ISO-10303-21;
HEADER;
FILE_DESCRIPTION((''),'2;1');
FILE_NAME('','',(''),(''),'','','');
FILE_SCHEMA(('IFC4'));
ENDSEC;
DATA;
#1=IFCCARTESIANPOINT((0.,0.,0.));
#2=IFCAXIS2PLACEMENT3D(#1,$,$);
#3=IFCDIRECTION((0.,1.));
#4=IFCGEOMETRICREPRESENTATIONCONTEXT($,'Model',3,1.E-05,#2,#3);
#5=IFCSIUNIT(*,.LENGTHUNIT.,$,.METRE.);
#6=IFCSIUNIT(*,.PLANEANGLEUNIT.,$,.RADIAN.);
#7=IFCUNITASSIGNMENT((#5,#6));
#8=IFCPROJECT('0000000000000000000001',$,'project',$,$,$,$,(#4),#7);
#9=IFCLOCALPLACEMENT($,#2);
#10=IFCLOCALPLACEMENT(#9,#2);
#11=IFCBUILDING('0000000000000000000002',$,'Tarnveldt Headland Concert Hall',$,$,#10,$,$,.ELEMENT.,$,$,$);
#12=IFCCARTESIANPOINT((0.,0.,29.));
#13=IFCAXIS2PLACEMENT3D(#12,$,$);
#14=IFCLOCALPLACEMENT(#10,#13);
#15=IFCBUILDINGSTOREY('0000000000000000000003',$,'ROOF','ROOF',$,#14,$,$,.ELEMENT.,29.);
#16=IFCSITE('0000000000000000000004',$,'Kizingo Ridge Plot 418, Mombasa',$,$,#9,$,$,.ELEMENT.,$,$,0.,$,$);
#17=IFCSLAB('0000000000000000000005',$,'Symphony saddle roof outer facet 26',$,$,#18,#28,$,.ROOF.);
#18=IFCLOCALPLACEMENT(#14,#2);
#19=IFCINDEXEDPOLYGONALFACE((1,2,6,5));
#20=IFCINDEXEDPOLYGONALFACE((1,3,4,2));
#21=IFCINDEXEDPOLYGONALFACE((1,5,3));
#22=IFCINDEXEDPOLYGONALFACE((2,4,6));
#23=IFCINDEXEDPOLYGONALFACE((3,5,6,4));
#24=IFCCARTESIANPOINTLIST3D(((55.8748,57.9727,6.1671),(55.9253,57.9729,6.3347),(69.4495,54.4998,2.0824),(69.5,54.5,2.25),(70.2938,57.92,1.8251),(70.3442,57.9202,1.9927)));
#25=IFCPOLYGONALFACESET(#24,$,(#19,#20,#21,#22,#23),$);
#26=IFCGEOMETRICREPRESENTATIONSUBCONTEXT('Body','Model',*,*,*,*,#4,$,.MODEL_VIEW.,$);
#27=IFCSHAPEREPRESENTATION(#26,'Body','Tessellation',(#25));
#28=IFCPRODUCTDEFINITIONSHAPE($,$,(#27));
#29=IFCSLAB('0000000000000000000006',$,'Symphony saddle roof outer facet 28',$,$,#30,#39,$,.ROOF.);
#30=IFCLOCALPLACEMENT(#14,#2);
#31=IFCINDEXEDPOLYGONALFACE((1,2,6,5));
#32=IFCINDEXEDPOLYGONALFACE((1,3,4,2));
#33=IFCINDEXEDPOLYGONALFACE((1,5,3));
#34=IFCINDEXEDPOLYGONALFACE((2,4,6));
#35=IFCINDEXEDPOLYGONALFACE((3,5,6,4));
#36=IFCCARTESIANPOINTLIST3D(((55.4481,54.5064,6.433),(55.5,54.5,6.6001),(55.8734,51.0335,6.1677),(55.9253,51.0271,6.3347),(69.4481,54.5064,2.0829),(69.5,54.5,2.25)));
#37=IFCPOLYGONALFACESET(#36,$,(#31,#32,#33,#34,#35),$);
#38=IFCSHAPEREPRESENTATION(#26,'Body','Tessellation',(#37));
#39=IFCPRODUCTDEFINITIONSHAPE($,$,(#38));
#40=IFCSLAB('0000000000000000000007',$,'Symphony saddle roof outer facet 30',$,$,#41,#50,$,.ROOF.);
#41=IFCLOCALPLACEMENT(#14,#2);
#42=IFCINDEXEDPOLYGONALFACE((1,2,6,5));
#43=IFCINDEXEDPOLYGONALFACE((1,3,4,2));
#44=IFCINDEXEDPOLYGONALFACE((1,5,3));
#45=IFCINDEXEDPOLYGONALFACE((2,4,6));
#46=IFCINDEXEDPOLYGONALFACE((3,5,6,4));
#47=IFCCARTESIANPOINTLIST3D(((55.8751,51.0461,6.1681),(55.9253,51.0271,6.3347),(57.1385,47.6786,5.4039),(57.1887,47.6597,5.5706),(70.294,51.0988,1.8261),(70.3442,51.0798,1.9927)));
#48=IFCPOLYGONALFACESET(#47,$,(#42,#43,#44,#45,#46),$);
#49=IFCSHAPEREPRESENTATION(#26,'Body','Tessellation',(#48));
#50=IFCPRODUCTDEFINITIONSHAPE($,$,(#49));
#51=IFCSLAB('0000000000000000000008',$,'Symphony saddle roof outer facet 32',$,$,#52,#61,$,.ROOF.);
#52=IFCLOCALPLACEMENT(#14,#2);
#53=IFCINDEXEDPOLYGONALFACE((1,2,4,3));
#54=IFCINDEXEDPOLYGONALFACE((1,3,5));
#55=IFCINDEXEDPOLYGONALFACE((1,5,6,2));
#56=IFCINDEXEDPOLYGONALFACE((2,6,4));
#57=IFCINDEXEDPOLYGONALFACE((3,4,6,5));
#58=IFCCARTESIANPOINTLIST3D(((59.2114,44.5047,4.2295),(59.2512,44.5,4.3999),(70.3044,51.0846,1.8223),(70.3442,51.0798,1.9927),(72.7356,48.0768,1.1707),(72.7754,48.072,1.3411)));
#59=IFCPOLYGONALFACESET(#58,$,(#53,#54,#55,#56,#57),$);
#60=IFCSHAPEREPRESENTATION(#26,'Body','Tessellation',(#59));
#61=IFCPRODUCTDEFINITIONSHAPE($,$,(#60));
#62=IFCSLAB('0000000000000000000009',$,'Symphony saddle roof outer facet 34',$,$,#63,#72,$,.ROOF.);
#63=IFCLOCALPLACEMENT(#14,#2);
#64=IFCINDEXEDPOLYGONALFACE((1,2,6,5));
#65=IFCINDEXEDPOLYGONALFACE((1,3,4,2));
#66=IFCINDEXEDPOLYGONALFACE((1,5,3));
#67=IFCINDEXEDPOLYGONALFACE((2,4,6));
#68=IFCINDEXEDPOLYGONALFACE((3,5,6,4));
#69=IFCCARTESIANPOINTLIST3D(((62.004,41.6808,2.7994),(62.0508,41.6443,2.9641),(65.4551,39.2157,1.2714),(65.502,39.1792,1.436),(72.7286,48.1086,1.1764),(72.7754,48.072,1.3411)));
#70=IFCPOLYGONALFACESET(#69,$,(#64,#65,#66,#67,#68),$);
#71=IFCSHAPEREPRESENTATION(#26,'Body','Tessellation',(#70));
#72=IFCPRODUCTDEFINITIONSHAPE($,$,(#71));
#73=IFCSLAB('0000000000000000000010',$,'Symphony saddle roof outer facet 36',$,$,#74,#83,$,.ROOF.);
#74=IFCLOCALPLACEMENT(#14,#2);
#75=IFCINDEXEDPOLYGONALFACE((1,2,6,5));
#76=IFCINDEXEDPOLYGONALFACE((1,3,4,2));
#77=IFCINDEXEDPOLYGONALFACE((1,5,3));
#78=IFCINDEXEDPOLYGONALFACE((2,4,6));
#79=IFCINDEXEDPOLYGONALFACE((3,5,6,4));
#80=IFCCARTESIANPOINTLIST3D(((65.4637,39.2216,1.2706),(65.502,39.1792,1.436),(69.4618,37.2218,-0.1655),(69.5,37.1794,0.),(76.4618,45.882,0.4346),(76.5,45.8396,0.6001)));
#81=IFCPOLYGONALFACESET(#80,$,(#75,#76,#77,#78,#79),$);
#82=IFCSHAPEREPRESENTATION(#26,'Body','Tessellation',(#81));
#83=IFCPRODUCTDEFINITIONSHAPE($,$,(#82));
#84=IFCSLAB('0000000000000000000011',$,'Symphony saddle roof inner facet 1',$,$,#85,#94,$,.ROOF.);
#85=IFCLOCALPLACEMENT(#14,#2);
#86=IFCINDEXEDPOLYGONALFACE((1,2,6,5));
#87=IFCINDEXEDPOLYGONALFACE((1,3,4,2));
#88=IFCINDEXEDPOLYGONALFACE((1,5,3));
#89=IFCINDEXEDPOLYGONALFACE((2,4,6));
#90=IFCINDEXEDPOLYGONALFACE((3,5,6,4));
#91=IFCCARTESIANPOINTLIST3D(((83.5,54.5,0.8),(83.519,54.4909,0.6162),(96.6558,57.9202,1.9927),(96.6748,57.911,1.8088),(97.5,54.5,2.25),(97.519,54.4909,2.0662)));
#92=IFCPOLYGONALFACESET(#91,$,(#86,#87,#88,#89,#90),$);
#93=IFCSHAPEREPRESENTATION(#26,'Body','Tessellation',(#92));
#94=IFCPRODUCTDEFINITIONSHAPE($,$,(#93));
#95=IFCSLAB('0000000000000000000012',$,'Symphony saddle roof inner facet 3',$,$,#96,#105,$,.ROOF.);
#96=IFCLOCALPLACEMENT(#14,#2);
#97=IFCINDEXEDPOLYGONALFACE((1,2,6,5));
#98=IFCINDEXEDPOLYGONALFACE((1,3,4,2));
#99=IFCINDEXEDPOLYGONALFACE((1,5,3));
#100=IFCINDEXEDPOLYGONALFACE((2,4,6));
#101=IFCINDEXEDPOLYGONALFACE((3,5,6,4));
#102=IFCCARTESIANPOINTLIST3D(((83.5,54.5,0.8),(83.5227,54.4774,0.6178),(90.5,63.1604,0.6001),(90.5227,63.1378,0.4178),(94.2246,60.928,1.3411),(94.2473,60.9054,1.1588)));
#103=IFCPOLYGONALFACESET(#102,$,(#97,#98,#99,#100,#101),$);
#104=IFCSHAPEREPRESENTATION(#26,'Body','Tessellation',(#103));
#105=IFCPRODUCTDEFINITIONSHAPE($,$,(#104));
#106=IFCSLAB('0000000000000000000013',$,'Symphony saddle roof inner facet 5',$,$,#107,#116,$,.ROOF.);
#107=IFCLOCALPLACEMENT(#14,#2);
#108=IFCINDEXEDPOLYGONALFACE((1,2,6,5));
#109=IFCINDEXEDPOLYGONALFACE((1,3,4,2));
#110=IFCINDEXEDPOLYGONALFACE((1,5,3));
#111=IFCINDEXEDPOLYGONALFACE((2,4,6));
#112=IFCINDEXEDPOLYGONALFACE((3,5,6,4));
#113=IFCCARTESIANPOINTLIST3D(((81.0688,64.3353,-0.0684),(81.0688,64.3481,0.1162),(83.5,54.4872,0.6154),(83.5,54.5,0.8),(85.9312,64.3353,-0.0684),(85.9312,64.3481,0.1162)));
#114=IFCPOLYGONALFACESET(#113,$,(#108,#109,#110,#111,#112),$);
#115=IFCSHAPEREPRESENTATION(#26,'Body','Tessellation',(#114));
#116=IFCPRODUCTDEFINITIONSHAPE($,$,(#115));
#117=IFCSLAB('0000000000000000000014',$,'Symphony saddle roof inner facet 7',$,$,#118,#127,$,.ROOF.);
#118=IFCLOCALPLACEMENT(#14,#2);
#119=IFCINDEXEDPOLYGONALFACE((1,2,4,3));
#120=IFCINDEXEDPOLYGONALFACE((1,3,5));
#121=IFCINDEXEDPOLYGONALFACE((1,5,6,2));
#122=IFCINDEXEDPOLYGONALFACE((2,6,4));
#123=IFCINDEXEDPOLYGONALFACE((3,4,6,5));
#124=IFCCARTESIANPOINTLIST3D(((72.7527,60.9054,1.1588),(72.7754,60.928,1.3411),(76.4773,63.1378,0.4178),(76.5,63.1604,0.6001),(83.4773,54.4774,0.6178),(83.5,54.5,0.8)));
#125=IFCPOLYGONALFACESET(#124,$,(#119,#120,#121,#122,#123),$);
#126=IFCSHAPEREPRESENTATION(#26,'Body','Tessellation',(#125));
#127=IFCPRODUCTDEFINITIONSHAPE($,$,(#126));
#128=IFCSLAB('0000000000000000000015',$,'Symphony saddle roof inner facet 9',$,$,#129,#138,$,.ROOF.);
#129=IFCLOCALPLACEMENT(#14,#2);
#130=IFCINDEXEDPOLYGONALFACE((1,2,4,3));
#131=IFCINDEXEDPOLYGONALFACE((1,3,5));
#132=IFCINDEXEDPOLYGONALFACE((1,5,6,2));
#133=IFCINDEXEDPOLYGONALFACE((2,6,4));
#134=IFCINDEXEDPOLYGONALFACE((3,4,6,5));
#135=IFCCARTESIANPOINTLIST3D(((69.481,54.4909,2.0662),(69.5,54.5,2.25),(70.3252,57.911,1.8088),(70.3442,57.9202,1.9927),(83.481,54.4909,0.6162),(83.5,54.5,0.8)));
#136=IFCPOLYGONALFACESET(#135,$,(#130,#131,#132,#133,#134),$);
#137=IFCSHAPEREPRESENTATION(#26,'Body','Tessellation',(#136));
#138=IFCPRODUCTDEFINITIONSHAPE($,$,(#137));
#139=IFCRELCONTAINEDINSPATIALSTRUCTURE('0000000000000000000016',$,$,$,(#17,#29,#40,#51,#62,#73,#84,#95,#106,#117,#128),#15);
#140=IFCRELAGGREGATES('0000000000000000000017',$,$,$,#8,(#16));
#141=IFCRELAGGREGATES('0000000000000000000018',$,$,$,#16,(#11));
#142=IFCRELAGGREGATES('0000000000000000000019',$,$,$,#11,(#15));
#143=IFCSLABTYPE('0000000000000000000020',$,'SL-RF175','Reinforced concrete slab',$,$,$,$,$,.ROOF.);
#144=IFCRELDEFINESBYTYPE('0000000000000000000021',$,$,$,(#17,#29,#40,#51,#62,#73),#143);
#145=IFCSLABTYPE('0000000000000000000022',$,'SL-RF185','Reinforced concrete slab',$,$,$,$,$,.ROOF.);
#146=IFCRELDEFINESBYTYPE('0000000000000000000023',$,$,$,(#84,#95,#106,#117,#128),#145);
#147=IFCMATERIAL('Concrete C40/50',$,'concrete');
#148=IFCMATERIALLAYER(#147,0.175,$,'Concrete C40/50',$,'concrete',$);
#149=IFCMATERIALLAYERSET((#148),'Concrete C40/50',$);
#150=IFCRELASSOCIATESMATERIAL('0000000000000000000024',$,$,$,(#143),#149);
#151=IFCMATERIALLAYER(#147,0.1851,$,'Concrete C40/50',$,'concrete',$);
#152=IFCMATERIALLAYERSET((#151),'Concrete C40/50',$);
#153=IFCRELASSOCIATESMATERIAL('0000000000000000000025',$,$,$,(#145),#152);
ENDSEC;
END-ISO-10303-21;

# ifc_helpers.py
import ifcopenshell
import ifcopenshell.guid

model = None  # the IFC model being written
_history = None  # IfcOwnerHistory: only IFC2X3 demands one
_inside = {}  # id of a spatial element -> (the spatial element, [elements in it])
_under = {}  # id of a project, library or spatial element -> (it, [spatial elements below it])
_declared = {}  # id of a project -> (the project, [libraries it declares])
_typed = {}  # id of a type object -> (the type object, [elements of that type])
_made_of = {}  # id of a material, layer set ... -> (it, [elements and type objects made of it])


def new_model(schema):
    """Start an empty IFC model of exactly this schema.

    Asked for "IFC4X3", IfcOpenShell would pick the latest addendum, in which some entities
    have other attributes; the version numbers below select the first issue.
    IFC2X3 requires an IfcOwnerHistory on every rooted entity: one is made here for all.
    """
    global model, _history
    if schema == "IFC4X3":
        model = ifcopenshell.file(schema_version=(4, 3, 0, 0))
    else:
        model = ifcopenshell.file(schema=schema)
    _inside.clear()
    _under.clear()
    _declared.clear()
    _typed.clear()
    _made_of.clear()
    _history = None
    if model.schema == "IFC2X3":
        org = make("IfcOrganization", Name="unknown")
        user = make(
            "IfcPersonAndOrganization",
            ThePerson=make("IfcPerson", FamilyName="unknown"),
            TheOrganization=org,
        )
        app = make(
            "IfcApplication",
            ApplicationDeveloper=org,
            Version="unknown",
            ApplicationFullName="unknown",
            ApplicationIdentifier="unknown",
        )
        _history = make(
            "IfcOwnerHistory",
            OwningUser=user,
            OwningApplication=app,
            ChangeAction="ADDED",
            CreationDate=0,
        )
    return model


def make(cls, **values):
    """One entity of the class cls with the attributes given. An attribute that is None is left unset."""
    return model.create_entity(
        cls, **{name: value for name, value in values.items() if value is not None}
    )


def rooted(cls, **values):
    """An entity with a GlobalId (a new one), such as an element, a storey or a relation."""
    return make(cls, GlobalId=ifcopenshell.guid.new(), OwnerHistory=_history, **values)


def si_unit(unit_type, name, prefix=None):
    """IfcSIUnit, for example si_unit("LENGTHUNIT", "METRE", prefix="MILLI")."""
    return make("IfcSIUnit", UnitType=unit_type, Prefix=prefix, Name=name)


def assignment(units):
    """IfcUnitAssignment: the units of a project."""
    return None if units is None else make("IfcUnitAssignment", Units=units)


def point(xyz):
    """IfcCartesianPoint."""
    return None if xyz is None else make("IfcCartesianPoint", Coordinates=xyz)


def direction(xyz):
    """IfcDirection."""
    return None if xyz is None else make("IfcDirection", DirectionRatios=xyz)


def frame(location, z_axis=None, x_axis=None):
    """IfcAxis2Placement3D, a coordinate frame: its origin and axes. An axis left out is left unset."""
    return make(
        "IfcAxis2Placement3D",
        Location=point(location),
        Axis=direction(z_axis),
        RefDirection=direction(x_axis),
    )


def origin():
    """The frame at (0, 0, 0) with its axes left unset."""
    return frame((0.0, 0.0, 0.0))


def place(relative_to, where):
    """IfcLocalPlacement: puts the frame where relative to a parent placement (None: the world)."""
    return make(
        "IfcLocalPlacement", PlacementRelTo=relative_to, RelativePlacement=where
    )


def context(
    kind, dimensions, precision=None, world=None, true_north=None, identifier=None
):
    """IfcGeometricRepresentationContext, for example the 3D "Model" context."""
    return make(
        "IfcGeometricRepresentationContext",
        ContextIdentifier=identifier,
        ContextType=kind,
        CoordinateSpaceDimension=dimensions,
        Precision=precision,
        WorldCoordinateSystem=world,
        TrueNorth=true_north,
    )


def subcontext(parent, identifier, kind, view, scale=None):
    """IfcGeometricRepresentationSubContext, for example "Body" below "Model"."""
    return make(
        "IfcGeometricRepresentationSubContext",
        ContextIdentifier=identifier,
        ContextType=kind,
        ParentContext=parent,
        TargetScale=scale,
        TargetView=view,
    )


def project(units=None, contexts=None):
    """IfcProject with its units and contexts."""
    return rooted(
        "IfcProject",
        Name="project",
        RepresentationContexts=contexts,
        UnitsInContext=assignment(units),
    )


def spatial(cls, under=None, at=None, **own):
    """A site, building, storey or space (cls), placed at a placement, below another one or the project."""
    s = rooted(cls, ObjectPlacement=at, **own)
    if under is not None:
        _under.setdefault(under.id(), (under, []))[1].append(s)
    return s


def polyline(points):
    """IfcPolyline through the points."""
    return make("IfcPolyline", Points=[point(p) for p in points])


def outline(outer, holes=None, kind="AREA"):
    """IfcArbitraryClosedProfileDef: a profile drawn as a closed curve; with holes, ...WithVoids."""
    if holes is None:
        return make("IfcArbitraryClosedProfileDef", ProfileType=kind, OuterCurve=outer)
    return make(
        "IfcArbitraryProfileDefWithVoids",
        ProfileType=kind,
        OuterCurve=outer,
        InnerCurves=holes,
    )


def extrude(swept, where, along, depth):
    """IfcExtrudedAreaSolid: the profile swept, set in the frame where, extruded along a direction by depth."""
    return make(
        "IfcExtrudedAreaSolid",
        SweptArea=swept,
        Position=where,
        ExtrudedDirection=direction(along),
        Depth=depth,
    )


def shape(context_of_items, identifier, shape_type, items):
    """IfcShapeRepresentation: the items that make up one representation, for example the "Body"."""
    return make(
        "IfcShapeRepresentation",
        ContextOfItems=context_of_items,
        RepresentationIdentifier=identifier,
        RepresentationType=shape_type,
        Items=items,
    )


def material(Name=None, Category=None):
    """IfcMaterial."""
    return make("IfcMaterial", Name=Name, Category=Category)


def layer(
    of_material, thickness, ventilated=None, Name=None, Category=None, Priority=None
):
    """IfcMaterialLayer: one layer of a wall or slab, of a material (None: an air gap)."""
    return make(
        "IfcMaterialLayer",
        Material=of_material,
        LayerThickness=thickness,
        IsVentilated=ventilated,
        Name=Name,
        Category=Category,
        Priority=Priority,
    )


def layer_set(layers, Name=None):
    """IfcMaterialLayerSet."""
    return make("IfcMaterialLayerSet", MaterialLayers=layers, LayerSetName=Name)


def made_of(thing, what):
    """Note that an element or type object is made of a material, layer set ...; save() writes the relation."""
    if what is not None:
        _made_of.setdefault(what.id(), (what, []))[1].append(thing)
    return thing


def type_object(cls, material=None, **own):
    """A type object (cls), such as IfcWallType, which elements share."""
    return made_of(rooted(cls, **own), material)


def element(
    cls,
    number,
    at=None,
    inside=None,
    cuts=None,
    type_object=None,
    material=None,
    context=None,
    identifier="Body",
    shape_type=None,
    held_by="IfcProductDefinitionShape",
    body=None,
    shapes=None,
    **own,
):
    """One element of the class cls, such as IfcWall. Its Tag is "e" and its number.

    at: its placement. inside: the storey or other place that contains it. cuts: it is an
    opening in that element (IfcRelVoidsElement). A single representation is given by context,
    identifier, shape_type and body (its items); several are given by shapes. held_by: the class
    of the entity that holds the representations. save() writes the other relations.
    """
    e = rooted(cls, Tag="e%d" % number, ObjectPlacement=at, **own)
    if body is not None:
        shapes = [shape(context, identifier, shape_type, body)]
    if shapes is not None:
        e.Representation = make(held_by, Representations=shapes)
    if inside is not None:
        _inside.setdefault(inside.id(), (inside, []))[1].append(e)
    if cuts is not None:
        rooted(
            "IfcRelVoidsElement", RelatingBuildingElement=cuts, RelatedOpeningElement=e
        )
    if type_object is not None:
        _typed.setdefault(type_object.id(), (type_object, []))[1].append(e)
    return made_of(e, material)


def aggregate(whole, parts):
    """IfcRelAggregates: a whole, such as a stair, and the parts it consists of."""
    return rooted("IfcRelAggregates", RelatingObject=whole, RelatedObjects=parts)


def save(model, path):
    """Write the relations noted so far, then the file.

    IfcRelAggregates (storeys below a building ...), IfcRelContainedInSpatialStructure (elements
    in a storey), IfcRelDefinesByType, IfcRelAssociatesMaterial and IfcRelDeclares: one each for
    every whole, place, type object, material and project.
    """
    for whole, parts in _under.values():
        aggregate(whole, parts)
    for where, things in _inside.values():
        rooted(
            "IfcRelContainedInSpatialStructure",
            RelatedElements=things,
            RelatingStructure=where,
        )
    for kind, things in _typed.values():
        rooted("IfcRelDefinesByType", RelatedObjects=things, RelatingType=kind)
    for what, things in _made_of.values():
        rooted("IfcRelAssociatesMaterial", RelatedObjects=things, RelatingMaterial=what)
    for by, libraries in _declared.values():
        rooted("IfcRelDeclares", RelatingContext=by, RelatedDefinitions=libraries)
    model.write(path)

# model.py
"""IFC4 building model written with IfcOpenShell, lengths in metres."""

from ifc_helpers import new_model, si_unit, direction, frame, origin, place, context, subcontext, project, spatial, polyline, outline, extrude, material, layer, layer_set, type_object, element, save


model = new_model("IFC4")

# Units and contexts
model_context = context("Model", 3, precision=1e-05, world=origin(), true_north=direction((0.0, 1.0)))
body_context = subcontext(model_context, "Body", "Model", "MODEL_VIEW")
ifc_project = project(units=[si_unit("LENGTHUNIT", "METRE"), si_unit("PLANEANGLEUNIT", "RADIAN")], contexts=[model_context])

# Site, building, storey
site_placement = place(None, origin())
site = spatial("IfcSite", under=ifc_project, at=site_placement, Name="Kizingo Ridge Plot 418, Mombasa", CompositionType="ELEMENT", RefElevation=0.0)
building_placement = place(site_placement, origin())
building = spatial("IfcBuilding", under=site, at=building_placement, Name="Tarnveldt Headland Concert Hall", CompositionType="ELEMENT")
storey_placement = place(building_placement, frame((0.0, 0.0, 29.0)))
storey = spatial("IfcBuildingStorey", under=building, at=storey_placement, Name="ROOF", Description="ROOF", CompositionType="ELEMENT", Elevation=29.0)

# Slabs
ifc_material = material(Name="Concrete C40/50", Category="concrete")
ifc_layer_1 = layer(ifc_material, 0.175, Name="Concrete C40/50", Category="concrete")
ifc_layer_set_1 = layer_set([ifc_layer_1], Name="Concrete C40/50")
slab_type_1 = type_object("IfcSlabType", Name="SL-RF175", Description="Reinforced concrete slab", PredefinedType="ROOF", material=ifc_layer_set_1)
slab_1_placement = place(storey_placement, frame((70.3442, 57.9202, 1.9927), z_axis=(0.288347, 0.000866, 0.957526), x_axis=(-0.957521, 0.003502, 0.288343)))
element("IfcSlab", 1, at=slab_1_placement, inside=storey, type_object=slab_type_1, Name="Symphony saddle roof outer facet 26", PredefinedType="ROOF", context=body_context, shape_type="SweptSolid", body=[
    extrude(outline(polyline([(0.0, 0.0), (15.0586, 0.0), (0.8706, 3.4232), (0.0, 0.0)])), origin(), (0.0, 0.0, -1.0), 0.175),
])
slab_2_placement = place(storey_placement, frame((69.5, 54.5, 2.25), z_axis=(0.296528, -0.036611, 0.954322), x_axis=(-0.954962, 0.0, 0.296727)))
element("IfcSlab", 2, at=slab_2_placement, inside=storey, type_object=slab_type_1, Name="Symphony saddle roof outer facet 28", PredefinedType="ROOF", context=body_context, shape_type="SweptSolid", body=[
    extrude(outline(polyline([(0.0, 0.0), (14.6603, 0.0), (14.1754, 3.4752), (0.0, 0.0)])), origin(), (0.0, 0.0, -1.0), 0.175),
])
slab_3_placement = place(storey_placement, frame((70.3442, 51.0798, 1.9927), z_axis=(0.287011, -0.108302, 0.951785), x_axis=(-0.957521, -0.003502, 0.288343)))
element("IfcSlab", 3, at=slab_3_placement, inside=storey, type_object=slab_type_1, Name="Symphony saddle roof outer facet 30", PredefinedType="ROOF", context=body_context, shape_type="SweptSolid", body=[
    extrude(outline(polyline([(0.0, 0.0), (15.0586, 0.0), (13.6403, 3.3924), (0.0, 0.0)])), origin(), (0.0, 0.0, -1.0), 0.175),
])
slab_4_placement = place(storey_placement, frame((70.3442, 51.0798, 1.9927), z_axis=(0.227335, -0.027135, 0.973438), x_axis=(-0.845481, -0.501498, 0.183473)))
element("IfcSlab", 4, at=slab_4_placement, inside=storey, type_object=slab_type_1, Name="Symphony saddle roof outer facet 32", PredefinedType="ROOF", context=body_context, shape_type="SweptSolid", body=[
    extrude(outline(polyline([(0.0, 0.0), (13.1204, 0.0), (-0.6666, 3.8649), (0.0, 0.0)])), origin(), (0.0, 0.0, -1.0), 0.175),
])
slab_5_placement = place(storey_placement, frame((72.7754, 48.072, 1.3411), z_axis=(0.267446, -0.208698, 0.940701), x_axis=(-0.850604, -0.509805, 0.128729)))
element("IfcSlab", 5, at=slab_5_placement, inside=storey, type_object=slab_type_1, Name="Symphony saddle roof outer facet 34", PredefinedType="ROOF", context=body_context, shape_type="SweptSolid", body=[
    extrude(outline(polyline([(0.0, 0.0), (12.6082, 0.0), (10.7326, 4.0993), (0.0, 0.0)])), origin(), (0.0, 0.0, -1.0), 0.175),
])
slab_6_placement = place(storey_placement, frame((76.5, 45.8396, 0.6001), z_axis=(0.218462, -0.242089, 0.94534), x_axis=(-0.853571, -0.516921, 0.064878)))
element("IfcSlab", 6, at=slab_6_placement, inside=storey, type_object=slab_type_1, Name="Symphony saddle roof outer facet 36", PredefinedType="ROOF", context=body_context, shape_type="SweptSolid", body=[
    extrude(outline(polyline([(0.0, 0.0), (12.8847, 0.0), (10.4127, 3.9918), (0.0, 0.0)])), origin(), (0.0, 0.0, -1.0), 0.175),
])
ifc_layer_2 = layer(ifc_material, 0.1851, Name="Concrete C40/50", Category="concrete")
ifc_layer_set_2 = layer_set([ifc_layer_2], Name="Concrete C40/50")
slab_type_2 = type_object("IfcSlabType", Name="SL-RF185", Description="Reinforced concrete slab", PredefinedType="ROOF", material=ifc_layer_set_2)
slab_7_placement = place(storey_placement, frame((83.5, 54.5, 0.8), z_axis=(-0.102891, 0.049348, 0.993468), x_axis=(0.99468, 0.0, 0.103017)))
element("IfcSlab", 7, at=slab_7_placement, inside=storey, type_object=slab_type_2, Name="Symphony saddle roof inner facet 1", PredefinedType="ROOF", context=body_context, shape_type="SweptSolid", body=[
    extrude(outline(polyline([(0.0, 0.0), (14.0749, 0.0), (13.2086, 3.4243), (0.0, 0.0)])), origin(), (0.0, 0.0, -1.0), 0.1851),
])
slab_8_placement = place(storey_placement, frame((83.5, 54.5, 0.8), z_axis=(-0.122809, 0.122003, 0.984903), x_axis=(0.85693, 0.513616, 0.043229)))
element("IfcSlab", 8, at=slab_8_placement, inside=storey, type_object=slab_type_2, Name="Symphony saddle roof inner facet 3", PredefinedType="ROOF", context=body_context, shape_type="SweptSolid", body=[
    extrude(outline(polyline([(0.0, 0.0), (12.5151, 0.0), (10.438, 3.8847), (0.0, 0.0)])), origin(), (0.0, 0.0, -1.0), 0.1851),
])
slab_9_placement = place(storey_placement, frame((83.5, 54.5, 0.8), z_axis=(0.0, 0.069271, 0.997598), x_axis=(0.239126, 0.968656, -0.067262)))
element("IfcSlab", 9, at=slab_9_placement, inside=storey, type_object=slab_type_2, Name="Symphony saddle roof inner facet 5", PredefinedType="ROOF", context=body_context, shape_type="SweptSolid", body=[
    extrude(outline(polyline([(0.0, 0.0), (10.1668, 0.0), (9.0041, 4.7212), (0.0, 0.0)])), origin(), (0.0, 0.0, -1.0), 0.1851),
])
slab_10_placement = place(storey_placement, frame((83.5, 54.5, 0.8), z_axis=(0.122809, 0.122003, 0.984903), x_axis=(-0.628511, 0.777594, -0.017953)))
element("IfcSlab", 10, at=slab_10_placement, inside=storey, type_object=slab_type_2, Name="Symphony saddle roof inner facet 7", PredefinedType="ROOF", context=body_context, shape_type="SweptSolid", body=[
    extrude(outline(polyline([(0.0, 0.0), (11.1374, 0.0), (11.7292, 4.3652), (0.0, 0.0)])), origin(), (0.0, 0.0, -1.0), 0.1851),
])
slab_11_placement = place(storey_placement, frame((83.5, 54.5, 0.8), z_axis=(0.102891, 0.049348, 0.993468), x_axis=(-0.964125, 0.250648, 0.087402)))
element("IfcSlab", 11, at=slab_11_placement, inside=storey, type_object=slab_type_2, Name="Symphony saddle roof inner facet 9", PredefinedType="ROOF", context=body_context, shape_type="SweptSolid", body=[
    extrude(outline(polyline([(0.0, 0.0), (13.6453, 0.0), (13.6245, 3.5321), (0.0, 0.0)])), origin(), (0.0, 0.0, -1.0), 0.1851),
])

save(model, "model.ifc")
